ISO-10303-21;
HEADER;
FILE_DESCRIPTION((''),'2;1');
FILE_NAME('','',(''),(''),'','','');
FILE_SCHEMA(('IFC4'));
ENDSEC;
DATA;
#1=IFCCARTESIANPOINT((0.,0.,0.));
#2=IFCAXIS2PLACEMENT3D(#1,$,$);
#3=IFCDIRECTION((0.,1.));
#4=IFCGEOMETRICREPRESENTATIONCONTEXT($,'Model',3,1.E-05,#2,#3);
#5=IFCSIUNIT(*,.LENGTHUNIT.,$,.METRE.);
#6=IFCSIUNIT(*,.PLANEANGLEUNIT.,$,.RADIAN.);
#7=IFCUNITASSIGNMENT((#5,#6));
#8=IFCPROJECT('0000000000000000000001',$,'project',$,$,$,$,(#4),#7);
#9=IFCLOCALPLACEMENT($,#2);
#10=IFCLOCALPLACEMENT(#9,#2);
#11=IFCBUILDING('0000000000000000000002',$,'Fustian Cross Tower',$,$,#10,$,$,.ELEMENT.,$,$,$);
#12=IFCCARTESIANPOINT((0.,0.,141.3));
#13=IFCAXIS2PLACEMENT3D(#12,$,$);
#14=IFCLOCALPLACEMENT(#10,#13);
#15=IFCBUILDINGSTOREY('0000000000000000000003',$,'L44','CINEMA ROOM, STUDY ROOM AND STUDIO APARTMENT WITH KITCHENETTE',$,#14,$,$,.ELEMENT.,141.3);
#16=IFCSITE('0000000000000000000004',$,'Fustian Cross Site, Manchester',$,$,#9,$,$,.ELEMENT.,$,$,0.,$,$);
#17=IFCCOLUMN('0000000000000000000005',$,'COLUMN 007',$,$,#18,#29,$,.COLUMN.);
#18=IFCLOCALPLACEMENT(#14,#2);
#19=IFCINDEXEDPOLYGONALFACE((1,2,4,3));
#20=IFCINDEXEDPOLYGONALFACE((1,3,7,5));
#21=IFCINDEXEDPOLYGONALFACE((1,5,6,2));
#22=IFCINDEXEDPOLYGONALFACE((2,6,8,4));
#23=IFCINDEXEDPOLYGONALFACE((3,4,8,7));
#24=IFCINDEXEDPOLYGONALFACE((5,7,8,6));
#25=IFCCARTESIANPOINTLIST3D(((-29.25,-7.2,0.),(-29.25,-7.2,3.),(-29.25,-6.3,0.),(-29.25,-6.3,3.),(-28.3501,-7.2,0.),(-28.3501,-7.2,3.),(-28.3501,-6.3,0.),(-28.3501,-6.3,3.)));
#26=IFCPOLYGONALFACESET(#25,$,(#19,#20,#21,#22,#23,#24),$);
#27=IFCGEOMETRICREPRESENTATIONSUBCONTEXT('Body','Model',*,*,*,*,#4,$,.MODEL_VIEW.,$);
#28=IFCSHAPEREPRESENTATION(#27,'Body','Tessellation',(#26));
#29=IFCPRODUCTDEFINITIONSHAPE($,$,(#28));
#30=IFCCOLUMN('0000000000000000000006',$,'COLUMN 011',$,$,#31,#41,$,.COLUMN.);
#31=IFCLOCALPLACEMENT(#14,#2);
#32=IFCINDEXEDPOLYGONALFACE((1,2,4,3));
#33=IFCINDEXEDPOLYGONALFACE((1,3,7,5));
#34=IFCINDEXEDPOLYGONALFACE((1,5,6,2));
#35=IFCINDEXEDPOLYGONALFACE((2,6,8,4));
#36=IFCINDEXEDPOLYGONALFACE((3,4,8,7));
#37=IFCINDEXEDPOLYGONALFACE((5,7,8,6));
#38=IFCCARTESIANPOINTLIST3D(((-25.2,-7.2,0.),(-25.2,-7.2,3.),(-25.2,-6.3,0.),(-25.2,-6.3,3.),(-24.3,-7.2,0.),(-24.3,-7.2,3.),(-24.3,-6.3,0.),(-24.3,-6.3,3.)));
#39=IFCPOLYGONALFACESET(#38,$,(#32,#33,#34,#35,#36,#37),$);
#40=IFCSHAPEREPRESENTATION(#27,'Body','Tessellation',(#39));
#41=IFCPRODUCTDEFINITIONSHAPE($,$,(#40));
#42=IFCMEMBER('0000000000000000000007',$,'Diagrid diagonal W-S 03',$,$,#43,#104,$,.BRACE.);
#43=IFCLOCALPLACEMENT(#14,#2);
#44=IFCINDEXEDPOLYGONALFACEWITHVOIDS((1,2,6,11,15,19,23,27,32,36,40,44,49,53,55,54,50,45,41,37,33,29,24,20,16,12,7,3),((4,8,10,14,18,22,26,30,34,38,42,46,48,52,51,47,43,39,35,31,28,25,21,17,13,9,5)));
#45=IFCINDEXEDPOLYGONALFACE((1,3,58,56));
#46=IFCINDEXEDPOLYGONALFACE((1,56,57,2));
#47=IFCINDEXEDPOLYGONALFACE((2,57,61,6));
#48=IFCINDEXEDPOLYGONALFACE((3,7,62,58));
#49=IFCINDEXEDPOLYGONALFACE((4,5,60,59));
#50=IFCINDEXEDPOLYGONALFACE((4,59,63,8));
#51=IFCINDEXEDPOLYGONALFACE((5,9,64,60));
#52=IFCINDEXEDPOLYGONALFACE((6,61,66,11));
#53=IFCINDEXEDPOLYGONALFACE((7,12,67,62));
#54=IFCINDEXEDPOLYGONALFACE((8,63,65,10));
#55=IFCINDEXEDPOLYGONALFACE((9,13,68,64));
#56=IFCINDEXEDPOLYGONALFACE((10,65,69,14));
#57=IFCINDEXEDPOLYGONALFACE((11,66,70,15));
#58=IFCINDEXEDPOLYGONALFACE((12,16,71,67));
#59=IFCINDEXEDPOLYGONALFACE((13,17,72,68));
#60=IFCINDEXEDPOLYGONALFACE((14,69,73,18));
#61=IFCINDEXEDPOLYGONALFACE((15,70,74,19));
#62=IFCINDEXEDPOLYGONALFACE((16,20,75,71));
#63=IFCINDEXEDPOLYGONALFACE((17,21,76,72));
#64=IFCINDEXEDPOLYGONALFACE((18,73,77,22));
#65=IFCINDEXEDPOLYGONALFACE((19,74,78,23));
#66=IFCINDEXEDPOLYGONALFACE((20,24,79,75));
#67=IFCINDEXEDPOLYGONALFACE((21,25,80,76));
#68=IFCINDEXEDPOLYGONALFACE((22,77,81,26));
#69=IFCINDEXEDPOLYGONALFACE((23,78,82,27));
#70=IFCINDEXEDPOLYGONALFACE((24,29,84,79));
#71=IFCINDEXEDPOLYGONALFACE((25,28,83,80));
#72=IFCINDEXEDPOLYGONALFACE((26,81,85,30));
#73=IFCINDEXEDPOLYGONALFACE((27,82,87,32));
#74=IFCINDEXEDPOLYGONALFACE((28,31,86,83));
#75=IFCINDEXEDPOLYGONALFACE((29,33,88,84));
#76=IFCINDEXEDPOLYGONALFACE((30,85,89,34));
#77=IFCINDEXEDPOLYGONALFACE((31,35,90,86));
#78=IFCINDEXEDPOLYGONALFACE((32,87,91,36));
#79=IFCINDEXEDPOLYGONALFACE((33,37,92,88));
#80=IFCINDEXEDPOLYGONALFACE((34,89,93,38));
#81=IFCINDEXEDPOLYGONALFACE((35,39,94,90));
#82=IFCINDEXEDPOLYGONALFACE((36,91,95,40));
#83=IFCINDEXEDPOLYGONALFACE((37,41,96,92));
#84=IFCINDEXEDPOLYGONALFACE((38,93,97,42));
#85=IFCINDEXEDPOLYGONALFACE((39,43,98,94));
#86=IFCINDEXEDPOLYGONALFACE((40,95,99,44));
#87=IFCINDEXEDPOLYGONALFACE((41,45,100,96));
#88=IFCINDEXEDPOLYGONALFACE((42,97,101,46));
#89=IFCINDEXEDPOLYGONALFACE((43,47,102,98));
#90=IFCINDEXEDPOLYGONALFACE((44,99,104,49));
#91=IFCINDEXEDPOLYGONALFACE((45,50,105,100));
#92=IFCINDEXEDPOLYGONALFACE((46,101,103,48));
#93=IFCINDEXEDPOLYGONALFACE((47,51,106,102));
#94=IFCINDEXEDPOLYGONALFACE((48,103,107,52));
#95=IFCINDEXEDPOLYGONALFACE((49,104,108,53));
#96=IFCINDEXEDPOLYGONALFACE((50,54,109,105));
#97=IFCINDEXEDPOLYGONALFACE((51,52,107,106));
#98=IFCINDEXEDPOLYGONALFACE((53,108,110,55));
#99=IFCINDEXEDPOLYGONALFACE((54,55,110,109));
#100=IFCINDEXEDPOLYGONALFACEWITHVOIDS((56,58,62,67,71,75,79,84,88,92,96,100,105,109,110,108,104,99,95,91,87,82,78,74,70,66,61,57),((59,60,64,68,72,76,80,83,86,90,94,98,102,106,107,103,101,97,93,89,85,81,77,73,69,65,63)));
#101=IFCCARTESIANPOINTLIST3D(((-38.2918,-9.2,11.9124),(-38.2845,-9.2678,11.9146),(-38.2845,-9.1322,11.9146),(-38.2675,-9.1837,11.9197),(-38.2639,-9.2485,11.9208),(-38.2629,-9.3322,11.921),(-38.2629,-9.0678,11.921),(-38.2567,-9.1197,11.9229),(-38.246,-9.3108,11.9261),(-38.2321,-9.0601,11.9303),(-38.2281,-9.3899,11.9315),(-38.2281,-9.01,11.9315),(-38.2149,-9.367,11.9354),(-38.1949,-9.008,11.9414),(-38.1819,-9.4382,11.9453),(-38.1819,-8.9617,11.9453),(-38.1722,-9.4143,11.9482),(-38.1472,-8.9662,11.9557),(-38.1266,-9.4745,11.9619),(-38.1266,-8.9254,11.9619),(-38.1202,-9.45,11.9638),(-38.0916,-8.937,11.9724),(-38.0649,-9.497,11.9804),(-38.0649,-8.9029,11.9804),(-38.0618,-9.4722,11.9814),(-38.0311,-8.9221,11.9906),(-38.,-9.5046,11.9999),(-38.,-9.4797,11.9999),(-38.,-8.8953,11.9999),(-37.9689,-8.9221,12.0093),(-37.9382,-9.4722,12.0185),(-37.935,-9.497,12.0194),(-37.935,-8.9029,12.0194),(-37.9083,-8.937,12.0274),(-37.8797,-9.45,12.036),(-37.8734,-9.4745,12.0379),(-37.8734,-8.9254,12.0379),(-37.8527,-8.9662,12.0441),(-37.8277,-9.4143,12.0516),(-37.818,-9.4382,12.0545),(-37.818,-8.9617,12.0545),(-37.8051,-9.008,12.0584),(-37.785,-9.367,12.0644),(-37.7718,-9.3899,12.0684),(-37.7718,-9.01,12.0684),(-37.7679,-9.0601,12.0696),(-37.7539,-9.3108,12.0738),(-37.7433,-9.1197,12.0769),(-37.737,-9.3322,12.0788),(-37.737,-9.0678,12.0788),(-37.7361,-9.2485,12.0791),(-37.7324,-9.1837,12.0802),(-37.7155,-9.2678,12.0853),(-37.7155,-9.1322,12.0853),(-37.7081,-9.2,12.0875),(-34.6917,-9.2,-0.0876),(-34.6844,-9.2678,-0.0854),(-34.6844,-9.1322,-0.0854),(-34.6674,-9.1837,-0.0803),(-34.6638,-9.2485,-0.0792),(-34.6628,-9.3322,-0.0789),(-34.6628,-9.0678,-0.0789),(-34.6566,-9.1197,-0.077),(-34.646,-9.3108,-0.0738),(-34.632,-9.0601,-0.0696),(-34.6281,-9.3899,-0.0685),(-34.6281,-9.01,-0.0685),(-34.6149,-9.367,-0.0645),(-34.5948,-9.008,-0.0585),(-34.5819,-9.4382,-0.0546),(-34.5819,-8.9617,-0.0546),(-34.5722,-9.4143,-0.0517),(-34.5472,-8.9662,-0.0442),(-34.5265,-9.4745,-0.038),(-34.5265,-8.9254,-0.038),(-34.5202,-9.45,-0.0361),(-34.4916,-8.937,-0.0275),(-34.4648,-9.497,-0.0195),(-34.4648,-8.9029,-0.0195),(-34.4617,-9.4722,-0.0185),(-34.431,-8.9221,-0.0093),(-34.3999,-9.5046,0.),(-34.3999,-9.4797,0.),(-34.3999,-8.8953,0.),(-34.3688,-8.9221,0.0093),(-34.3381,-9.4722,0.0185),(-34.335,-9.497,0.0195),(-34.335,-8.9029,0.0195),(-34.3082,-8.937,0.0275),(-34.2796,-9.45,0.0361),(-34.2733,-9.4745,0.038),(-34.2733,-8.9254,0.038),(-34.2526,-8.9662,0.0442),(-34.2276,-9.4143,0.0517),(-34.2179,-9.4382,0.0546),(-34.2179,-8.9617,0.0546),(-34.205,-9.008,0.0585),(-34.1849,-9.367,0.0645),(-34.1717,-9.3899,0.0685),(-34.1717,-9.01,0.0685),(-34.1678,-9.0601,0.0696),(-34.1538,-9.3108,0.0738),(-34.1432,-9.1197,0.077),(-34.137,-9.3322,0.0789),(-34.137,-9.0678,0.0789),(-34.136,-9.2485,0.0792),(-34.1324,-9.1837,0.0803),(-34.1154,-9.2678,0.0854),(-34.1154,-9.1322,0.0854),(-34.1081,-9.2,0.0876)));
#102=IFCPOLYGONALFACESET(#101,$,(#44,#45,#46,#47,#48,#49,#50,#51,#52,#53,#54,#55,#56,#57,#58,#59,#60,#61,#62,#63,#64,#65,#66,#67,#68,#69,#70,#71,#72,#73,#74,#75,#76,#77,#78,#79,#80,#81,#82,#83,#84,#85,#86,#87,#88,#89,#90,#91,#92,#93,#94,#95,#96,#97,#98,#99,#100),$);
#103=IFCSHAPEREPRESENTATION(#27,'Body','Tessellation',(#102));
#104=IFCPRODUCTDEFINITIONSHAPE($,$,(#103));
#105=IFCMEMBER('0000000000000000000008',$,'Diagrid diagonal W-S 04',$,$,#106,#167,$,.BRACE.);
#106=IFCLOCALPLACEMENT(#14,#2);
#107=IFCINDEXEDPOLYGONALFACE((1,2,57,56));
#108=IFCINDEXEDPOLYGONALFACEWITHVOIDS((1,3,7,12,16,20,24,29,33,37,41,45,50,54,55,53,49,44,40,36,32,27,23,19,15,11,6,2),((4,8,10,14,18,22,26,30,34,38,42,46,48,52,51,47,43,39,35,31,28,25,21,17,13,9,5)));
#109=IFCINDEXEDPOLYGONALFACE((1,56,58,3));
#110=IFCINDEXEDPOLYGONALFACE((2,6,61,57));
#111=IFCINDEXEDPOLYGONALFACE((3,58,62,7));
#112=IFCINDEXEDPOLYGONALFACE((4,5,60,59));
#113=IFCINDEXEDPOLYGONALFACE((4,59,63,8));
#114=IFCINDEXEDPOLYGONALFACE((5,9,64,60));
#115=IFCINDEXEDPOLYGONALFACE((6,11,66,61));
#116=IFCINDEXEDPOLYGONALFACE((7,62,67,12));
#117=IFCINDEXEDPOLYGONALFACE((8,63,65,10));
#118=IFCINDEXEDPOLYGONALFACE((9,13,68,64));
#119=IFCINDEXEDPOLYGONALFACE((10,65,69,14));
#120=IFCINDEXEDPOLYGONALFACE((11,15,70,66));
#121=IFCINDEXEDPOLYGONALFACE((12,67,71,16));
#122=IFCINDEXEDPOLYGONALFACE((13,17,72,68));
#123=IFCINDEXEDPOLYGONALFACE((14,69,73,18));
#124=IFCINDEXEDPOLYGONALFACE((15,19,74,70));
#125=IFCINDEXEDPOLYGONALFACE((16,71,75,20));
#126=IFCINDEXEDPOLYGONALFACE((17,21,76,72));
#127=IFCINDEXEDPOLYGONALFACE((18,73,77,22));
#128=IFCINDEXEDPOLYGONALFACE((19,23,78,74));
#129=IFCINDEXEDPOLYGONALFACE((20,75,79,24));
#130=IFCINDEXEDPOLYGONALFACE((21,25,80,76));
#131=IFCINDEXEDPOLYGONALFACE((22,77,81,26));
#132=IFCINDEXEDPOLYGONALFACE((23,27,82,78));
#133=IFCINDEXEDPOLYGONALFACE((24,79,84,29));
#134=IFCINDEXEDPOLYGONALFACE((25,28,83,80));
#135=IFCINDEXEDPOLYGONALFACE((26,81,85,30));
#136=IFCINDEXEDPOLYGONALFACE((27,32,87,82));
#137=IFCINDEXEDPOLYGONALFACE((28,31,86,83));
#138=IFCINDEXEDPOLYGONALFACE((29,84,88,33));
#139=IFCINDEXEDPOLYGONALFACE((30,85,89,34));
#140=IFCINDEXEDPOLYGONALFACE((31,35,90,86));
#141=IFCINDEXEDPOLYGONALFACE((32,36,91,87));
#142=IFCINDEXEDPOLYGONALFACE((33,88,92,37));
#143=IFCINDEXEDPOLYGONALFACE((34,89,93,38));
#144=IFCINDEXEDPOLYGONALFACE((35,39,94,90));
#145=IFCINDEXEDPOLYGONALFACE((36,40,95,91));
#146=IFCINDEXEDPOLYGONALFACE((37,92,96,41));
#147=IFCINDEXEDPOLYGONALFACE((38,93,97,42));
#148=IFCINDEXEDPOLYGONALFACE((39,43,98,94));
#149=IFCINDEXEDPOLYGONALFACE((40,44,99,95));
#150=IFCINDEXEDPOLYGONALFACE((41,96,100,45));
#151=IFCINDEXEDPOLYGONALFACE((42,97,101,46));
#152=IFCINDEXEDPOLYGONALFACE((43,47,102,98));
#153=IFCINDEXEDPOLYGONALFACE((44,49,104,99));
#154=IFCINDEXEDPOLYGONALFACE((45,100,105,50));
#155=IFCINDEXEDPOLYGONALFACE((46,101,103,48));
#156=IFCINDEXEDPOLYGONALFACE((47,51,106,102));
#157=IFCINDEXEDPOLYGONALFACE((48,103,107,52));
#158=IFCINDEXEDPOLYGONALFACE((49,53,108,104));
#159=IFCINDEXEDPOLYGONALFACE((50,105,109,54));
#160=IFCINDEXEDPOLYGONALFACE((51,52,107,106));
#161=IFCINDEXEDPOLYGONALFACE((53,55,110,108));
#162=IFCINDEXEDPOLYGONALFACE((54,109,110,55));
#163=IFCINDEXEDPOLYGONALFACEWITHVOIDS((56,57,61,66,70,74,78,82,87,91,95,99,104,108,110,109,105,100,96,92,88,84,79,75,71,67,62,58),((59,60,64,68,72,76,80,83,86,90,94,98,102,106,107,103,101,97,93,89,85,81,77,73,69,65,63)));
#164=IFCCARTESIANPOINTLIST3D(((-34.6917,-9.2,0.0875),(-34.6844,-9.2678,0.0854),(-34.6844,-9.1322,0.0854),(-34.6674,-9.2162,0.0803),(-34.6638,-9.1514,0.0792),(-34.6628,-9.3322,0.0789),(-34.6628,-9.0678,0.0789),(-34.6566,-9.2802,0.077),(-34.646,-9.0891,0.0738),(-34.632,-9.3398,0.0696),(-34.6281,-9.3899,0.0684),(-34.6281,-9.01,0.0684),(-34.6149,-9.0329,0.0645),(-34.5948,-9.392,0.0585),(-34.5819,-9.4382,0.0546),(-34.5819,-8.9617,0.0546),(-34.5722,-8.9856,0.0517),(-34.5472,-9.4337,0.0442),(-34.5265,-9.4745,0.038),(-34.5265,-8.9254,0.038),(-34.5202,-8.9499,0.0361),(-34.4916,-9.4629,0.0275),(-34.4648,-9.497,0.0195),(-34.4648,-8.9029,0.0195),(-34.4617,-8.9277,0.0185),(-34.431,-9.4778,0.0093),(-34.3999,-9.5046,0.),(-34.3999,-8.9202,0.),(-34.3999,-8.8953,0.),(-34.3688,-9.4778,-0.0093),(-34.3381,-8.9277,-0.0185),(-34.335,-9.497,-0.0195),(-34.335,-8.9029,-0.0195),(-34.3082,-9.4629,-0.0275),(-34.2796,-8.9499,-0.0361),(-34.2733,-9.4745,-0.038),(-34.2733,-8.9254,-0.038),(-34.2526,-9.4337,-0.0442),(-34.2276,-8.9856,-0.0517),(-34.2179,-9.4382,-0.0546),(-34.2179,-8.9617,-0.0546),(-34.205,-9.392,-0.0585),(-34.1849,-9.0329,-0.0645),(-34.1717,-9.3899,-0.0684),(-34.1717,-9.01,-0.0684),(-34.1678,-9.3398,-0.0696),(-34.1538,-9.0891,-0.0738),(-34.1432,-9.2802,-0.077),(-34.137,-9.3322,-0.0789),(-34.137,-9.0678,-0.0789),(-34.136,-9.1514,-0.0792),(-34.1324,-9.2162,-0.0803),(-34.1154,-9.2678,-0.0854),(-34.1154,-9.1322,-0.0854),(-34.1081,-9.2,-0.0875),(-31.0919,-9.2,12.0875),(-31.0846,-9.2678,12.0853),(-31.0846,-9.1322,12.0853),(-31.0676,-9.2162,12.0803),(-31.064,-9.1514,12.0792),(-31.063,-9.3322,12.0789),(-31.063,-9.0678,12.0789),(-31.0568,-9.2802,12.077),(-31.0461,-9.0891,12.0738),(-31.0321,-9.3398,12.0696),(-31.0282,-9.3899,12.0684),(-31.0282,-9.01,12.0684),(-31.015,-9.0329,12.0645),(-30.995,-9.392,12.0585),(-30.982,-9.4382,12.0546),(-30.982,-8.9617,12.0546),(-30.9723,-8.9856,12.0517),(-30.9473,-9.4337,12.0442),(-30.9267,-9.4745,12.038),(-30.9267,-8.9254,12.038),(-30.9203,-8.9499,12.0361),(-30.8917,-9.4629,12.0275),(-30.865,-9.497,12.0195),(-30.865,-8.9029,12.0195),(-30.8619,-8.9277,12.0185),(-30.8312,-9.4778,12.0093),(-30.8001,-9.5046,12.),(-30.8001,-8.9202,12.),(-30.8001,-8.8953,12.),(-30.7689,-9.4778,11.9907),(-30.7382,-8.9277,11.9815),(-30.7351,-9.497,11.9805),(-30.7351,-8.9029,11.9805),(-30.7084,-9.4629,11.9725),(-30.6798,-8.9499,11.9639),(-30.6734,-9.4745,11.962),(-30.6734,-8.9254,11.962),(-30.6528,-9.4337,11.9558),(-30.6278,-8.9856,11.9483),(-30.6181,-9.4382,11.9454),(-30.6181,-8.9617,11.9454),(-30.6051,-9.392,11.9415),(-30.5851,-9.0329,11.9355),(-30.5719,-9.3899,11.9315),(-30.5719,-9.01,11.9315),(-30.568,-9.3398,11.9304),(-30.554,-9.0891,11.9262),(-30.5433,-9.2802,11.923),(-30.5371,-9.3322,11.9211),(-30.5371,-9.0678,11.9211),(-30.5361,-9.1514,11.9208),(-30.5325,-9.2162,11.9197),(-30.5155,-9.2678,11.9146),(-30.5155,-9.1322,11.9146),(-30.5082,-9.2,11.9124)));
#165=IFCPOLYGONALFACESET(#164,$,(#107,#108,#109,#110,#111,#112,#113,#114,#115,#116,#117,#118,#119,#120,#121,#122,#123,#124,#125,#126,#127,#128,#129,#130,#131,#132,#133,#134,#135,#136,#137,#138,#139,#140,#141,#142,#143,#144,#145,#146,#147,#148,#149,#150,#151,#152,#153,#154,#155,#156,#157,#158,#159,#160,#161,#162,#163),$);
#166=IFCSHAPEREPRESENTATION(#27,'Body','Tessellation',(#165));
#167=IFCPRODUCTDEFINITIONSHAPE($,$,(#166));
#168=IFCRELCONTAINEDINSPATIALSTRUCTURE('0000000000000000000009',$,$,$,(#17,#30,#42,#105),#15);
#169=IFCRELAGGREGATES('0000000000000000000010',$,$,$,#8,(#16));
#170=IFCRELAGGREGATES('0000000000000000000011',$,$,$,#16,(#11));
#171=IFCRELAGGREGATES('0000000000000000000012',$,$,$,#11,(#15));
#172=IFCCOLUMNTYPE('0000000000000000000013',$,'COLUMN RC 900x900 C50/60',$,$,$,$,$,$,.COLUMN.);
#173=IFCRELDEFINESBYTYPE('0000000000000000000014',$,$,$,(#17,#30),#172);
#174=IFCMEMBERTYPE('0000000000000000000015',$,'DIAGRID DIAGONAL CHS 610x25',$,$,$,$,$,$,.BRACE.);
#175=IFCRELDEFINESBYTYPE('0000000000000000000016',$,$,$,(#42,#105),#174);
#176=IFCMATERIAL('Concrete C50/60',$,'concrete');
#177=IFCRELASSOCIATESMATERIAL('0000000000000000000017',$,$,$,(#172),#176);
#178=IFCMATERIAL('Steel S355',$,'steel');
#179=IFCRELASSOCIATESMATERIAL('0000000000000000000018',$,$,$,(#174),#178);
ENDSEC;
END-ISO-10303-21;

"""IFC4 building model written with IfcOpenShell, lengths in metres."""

from ifc_helpers import new_model, si_unit, direction, frame, origin, origin_2d, place, context, subcontext, project, spatial, rectangle, hollow_circle, extrude, material, material_profile, profile_set, type_object, element, save


model = new_model("IFC4")

# Units and contexts
model_context = context("Model", 3, precision=1e-05, world=origin(), true_north=direction((0.0, 1.0)))
body_context = subcontext(model_context, "Body", "Model", "MODEL_VIEW")
ifc_project = project(units=[si_unit("LENGTHUNIT", "METRE"), si_unit("PLANEANGLEUNIT", "RADIAN")], contexts=[model_context])

# Site, building, storey
site_placement = place(None, origin())
site = spatial("IfcSite", under=ifc_project, at=site_placement, Name="Fustian Cross Site, Manchester", CompositionType="ELEMENT", RefElevation=0.0)
building_placement = place(site_placement, origin())
building = spatial("IfcBuilding", under=site, at=building_placement, Name="Fustian Cross Tower", CompositionType="ELEMENT")
storey_placement = place(building_placement, frame((0.0, 0.0, 141.3)))
storey = spatial("IfcBuildingStorey", under=building, at=storey_placement, Name="L44", Description="CINEMA ROOM, STUDY ROOM AND STUDIO APARTMENT WITH KITCHENETTE", CompositionType="ELEMENT", Elevation=141.3)

# Columns
ifc_material_1 = material(Name="Concrete C50/60", Category="concrete")
ifc_material_profile_1 = material_profile(ifc_material_1, rectangle(XDim=0.8999, YDim=0.8999, at=origin_2d()), Name="RC 900x900")
ifc_profile_set_1 = profile_set([ifc_material_profile_1], Name="Concrete C50/60")
column_type = type_object("IfcColumnType", Name="COLUMN RC 900x900 C50/60", PredefinedType="COLUMN", material=ifc_profile_set_1)
for number, where, z_axis, x_axis, name in (
    (1, (-28.8, -6.75, 0.0), (0.0, 0.0, 1.0), (1.0, 0.0, 0.0), "COLUMN 007"),
    (2, (-24.75, -6.75, 0.0), (0.0, 0.0, 1.0), (1.0, 0.0, 0.0), "COLUMN 011"),
):
    element("IfcColumn", number, at=place(storey_placement, frame(where, z_axis=z_axis, x_axis=x_axis)), inside=storey, type_object=column_type, Name=name, PredefinedType="COLUMN", context=body_context, shape_type="SweptSolid", body=[
        extrude(rectangle(XDim=0.8999, YDim=0.8999, at=origin_2d()), origin(), (0.0, 0.0, 1.0), 3.0),
    ])

# Members
ifc_material_2 = material(Name="Steel S355", Category="steel")
ifc_material_profile_2 = material_profile(ifc_material_2, hollow_circle(Radius=0.3047, WallThickness=0.0249, at=origin_2d()), Name="CHS 610x25")
ifc_profile_set_2 = profile_set([ifc_material_profile_2], Name="Steel S355")
member_type = type_object("IfcMemberType", Name="DIAGRID DIAGONAL CHS 610x25", PredefinedType="BRACE", material=ifc_profile_set_2)
for number, where, z_axis, x_axis, name in (
    (3, (-34.3999, -9.2, 0.0), (-0.287355, 0.0, 0.957824), (0.0, -1.0, 0.0), "Diagrid diagonal W-S 03"),
    (4, (-34.3999, -9.2, 0.0), (0.287337, 0.0, 0.95783), (0.0, 1.0, 0.0), "Diagrid diagonal W-S 04"),
):
    element("IfcMember", number, at=place(storey_placement, frame(where, z_axis=z_axis, x_axis=x_axis)), inside=storey, type_object=member_type, Name=name, PredefinedType="BRACE", context=body_context, shape_type="SweptSolid", body=[
        extrude(hollow_circle(Radius=0.3047, WallThickness=0.0249, at=origin_2d()), origin(), (0.0, 0.0, 1.0), 12.5283),
    ])

save(model, "model.ifc")
